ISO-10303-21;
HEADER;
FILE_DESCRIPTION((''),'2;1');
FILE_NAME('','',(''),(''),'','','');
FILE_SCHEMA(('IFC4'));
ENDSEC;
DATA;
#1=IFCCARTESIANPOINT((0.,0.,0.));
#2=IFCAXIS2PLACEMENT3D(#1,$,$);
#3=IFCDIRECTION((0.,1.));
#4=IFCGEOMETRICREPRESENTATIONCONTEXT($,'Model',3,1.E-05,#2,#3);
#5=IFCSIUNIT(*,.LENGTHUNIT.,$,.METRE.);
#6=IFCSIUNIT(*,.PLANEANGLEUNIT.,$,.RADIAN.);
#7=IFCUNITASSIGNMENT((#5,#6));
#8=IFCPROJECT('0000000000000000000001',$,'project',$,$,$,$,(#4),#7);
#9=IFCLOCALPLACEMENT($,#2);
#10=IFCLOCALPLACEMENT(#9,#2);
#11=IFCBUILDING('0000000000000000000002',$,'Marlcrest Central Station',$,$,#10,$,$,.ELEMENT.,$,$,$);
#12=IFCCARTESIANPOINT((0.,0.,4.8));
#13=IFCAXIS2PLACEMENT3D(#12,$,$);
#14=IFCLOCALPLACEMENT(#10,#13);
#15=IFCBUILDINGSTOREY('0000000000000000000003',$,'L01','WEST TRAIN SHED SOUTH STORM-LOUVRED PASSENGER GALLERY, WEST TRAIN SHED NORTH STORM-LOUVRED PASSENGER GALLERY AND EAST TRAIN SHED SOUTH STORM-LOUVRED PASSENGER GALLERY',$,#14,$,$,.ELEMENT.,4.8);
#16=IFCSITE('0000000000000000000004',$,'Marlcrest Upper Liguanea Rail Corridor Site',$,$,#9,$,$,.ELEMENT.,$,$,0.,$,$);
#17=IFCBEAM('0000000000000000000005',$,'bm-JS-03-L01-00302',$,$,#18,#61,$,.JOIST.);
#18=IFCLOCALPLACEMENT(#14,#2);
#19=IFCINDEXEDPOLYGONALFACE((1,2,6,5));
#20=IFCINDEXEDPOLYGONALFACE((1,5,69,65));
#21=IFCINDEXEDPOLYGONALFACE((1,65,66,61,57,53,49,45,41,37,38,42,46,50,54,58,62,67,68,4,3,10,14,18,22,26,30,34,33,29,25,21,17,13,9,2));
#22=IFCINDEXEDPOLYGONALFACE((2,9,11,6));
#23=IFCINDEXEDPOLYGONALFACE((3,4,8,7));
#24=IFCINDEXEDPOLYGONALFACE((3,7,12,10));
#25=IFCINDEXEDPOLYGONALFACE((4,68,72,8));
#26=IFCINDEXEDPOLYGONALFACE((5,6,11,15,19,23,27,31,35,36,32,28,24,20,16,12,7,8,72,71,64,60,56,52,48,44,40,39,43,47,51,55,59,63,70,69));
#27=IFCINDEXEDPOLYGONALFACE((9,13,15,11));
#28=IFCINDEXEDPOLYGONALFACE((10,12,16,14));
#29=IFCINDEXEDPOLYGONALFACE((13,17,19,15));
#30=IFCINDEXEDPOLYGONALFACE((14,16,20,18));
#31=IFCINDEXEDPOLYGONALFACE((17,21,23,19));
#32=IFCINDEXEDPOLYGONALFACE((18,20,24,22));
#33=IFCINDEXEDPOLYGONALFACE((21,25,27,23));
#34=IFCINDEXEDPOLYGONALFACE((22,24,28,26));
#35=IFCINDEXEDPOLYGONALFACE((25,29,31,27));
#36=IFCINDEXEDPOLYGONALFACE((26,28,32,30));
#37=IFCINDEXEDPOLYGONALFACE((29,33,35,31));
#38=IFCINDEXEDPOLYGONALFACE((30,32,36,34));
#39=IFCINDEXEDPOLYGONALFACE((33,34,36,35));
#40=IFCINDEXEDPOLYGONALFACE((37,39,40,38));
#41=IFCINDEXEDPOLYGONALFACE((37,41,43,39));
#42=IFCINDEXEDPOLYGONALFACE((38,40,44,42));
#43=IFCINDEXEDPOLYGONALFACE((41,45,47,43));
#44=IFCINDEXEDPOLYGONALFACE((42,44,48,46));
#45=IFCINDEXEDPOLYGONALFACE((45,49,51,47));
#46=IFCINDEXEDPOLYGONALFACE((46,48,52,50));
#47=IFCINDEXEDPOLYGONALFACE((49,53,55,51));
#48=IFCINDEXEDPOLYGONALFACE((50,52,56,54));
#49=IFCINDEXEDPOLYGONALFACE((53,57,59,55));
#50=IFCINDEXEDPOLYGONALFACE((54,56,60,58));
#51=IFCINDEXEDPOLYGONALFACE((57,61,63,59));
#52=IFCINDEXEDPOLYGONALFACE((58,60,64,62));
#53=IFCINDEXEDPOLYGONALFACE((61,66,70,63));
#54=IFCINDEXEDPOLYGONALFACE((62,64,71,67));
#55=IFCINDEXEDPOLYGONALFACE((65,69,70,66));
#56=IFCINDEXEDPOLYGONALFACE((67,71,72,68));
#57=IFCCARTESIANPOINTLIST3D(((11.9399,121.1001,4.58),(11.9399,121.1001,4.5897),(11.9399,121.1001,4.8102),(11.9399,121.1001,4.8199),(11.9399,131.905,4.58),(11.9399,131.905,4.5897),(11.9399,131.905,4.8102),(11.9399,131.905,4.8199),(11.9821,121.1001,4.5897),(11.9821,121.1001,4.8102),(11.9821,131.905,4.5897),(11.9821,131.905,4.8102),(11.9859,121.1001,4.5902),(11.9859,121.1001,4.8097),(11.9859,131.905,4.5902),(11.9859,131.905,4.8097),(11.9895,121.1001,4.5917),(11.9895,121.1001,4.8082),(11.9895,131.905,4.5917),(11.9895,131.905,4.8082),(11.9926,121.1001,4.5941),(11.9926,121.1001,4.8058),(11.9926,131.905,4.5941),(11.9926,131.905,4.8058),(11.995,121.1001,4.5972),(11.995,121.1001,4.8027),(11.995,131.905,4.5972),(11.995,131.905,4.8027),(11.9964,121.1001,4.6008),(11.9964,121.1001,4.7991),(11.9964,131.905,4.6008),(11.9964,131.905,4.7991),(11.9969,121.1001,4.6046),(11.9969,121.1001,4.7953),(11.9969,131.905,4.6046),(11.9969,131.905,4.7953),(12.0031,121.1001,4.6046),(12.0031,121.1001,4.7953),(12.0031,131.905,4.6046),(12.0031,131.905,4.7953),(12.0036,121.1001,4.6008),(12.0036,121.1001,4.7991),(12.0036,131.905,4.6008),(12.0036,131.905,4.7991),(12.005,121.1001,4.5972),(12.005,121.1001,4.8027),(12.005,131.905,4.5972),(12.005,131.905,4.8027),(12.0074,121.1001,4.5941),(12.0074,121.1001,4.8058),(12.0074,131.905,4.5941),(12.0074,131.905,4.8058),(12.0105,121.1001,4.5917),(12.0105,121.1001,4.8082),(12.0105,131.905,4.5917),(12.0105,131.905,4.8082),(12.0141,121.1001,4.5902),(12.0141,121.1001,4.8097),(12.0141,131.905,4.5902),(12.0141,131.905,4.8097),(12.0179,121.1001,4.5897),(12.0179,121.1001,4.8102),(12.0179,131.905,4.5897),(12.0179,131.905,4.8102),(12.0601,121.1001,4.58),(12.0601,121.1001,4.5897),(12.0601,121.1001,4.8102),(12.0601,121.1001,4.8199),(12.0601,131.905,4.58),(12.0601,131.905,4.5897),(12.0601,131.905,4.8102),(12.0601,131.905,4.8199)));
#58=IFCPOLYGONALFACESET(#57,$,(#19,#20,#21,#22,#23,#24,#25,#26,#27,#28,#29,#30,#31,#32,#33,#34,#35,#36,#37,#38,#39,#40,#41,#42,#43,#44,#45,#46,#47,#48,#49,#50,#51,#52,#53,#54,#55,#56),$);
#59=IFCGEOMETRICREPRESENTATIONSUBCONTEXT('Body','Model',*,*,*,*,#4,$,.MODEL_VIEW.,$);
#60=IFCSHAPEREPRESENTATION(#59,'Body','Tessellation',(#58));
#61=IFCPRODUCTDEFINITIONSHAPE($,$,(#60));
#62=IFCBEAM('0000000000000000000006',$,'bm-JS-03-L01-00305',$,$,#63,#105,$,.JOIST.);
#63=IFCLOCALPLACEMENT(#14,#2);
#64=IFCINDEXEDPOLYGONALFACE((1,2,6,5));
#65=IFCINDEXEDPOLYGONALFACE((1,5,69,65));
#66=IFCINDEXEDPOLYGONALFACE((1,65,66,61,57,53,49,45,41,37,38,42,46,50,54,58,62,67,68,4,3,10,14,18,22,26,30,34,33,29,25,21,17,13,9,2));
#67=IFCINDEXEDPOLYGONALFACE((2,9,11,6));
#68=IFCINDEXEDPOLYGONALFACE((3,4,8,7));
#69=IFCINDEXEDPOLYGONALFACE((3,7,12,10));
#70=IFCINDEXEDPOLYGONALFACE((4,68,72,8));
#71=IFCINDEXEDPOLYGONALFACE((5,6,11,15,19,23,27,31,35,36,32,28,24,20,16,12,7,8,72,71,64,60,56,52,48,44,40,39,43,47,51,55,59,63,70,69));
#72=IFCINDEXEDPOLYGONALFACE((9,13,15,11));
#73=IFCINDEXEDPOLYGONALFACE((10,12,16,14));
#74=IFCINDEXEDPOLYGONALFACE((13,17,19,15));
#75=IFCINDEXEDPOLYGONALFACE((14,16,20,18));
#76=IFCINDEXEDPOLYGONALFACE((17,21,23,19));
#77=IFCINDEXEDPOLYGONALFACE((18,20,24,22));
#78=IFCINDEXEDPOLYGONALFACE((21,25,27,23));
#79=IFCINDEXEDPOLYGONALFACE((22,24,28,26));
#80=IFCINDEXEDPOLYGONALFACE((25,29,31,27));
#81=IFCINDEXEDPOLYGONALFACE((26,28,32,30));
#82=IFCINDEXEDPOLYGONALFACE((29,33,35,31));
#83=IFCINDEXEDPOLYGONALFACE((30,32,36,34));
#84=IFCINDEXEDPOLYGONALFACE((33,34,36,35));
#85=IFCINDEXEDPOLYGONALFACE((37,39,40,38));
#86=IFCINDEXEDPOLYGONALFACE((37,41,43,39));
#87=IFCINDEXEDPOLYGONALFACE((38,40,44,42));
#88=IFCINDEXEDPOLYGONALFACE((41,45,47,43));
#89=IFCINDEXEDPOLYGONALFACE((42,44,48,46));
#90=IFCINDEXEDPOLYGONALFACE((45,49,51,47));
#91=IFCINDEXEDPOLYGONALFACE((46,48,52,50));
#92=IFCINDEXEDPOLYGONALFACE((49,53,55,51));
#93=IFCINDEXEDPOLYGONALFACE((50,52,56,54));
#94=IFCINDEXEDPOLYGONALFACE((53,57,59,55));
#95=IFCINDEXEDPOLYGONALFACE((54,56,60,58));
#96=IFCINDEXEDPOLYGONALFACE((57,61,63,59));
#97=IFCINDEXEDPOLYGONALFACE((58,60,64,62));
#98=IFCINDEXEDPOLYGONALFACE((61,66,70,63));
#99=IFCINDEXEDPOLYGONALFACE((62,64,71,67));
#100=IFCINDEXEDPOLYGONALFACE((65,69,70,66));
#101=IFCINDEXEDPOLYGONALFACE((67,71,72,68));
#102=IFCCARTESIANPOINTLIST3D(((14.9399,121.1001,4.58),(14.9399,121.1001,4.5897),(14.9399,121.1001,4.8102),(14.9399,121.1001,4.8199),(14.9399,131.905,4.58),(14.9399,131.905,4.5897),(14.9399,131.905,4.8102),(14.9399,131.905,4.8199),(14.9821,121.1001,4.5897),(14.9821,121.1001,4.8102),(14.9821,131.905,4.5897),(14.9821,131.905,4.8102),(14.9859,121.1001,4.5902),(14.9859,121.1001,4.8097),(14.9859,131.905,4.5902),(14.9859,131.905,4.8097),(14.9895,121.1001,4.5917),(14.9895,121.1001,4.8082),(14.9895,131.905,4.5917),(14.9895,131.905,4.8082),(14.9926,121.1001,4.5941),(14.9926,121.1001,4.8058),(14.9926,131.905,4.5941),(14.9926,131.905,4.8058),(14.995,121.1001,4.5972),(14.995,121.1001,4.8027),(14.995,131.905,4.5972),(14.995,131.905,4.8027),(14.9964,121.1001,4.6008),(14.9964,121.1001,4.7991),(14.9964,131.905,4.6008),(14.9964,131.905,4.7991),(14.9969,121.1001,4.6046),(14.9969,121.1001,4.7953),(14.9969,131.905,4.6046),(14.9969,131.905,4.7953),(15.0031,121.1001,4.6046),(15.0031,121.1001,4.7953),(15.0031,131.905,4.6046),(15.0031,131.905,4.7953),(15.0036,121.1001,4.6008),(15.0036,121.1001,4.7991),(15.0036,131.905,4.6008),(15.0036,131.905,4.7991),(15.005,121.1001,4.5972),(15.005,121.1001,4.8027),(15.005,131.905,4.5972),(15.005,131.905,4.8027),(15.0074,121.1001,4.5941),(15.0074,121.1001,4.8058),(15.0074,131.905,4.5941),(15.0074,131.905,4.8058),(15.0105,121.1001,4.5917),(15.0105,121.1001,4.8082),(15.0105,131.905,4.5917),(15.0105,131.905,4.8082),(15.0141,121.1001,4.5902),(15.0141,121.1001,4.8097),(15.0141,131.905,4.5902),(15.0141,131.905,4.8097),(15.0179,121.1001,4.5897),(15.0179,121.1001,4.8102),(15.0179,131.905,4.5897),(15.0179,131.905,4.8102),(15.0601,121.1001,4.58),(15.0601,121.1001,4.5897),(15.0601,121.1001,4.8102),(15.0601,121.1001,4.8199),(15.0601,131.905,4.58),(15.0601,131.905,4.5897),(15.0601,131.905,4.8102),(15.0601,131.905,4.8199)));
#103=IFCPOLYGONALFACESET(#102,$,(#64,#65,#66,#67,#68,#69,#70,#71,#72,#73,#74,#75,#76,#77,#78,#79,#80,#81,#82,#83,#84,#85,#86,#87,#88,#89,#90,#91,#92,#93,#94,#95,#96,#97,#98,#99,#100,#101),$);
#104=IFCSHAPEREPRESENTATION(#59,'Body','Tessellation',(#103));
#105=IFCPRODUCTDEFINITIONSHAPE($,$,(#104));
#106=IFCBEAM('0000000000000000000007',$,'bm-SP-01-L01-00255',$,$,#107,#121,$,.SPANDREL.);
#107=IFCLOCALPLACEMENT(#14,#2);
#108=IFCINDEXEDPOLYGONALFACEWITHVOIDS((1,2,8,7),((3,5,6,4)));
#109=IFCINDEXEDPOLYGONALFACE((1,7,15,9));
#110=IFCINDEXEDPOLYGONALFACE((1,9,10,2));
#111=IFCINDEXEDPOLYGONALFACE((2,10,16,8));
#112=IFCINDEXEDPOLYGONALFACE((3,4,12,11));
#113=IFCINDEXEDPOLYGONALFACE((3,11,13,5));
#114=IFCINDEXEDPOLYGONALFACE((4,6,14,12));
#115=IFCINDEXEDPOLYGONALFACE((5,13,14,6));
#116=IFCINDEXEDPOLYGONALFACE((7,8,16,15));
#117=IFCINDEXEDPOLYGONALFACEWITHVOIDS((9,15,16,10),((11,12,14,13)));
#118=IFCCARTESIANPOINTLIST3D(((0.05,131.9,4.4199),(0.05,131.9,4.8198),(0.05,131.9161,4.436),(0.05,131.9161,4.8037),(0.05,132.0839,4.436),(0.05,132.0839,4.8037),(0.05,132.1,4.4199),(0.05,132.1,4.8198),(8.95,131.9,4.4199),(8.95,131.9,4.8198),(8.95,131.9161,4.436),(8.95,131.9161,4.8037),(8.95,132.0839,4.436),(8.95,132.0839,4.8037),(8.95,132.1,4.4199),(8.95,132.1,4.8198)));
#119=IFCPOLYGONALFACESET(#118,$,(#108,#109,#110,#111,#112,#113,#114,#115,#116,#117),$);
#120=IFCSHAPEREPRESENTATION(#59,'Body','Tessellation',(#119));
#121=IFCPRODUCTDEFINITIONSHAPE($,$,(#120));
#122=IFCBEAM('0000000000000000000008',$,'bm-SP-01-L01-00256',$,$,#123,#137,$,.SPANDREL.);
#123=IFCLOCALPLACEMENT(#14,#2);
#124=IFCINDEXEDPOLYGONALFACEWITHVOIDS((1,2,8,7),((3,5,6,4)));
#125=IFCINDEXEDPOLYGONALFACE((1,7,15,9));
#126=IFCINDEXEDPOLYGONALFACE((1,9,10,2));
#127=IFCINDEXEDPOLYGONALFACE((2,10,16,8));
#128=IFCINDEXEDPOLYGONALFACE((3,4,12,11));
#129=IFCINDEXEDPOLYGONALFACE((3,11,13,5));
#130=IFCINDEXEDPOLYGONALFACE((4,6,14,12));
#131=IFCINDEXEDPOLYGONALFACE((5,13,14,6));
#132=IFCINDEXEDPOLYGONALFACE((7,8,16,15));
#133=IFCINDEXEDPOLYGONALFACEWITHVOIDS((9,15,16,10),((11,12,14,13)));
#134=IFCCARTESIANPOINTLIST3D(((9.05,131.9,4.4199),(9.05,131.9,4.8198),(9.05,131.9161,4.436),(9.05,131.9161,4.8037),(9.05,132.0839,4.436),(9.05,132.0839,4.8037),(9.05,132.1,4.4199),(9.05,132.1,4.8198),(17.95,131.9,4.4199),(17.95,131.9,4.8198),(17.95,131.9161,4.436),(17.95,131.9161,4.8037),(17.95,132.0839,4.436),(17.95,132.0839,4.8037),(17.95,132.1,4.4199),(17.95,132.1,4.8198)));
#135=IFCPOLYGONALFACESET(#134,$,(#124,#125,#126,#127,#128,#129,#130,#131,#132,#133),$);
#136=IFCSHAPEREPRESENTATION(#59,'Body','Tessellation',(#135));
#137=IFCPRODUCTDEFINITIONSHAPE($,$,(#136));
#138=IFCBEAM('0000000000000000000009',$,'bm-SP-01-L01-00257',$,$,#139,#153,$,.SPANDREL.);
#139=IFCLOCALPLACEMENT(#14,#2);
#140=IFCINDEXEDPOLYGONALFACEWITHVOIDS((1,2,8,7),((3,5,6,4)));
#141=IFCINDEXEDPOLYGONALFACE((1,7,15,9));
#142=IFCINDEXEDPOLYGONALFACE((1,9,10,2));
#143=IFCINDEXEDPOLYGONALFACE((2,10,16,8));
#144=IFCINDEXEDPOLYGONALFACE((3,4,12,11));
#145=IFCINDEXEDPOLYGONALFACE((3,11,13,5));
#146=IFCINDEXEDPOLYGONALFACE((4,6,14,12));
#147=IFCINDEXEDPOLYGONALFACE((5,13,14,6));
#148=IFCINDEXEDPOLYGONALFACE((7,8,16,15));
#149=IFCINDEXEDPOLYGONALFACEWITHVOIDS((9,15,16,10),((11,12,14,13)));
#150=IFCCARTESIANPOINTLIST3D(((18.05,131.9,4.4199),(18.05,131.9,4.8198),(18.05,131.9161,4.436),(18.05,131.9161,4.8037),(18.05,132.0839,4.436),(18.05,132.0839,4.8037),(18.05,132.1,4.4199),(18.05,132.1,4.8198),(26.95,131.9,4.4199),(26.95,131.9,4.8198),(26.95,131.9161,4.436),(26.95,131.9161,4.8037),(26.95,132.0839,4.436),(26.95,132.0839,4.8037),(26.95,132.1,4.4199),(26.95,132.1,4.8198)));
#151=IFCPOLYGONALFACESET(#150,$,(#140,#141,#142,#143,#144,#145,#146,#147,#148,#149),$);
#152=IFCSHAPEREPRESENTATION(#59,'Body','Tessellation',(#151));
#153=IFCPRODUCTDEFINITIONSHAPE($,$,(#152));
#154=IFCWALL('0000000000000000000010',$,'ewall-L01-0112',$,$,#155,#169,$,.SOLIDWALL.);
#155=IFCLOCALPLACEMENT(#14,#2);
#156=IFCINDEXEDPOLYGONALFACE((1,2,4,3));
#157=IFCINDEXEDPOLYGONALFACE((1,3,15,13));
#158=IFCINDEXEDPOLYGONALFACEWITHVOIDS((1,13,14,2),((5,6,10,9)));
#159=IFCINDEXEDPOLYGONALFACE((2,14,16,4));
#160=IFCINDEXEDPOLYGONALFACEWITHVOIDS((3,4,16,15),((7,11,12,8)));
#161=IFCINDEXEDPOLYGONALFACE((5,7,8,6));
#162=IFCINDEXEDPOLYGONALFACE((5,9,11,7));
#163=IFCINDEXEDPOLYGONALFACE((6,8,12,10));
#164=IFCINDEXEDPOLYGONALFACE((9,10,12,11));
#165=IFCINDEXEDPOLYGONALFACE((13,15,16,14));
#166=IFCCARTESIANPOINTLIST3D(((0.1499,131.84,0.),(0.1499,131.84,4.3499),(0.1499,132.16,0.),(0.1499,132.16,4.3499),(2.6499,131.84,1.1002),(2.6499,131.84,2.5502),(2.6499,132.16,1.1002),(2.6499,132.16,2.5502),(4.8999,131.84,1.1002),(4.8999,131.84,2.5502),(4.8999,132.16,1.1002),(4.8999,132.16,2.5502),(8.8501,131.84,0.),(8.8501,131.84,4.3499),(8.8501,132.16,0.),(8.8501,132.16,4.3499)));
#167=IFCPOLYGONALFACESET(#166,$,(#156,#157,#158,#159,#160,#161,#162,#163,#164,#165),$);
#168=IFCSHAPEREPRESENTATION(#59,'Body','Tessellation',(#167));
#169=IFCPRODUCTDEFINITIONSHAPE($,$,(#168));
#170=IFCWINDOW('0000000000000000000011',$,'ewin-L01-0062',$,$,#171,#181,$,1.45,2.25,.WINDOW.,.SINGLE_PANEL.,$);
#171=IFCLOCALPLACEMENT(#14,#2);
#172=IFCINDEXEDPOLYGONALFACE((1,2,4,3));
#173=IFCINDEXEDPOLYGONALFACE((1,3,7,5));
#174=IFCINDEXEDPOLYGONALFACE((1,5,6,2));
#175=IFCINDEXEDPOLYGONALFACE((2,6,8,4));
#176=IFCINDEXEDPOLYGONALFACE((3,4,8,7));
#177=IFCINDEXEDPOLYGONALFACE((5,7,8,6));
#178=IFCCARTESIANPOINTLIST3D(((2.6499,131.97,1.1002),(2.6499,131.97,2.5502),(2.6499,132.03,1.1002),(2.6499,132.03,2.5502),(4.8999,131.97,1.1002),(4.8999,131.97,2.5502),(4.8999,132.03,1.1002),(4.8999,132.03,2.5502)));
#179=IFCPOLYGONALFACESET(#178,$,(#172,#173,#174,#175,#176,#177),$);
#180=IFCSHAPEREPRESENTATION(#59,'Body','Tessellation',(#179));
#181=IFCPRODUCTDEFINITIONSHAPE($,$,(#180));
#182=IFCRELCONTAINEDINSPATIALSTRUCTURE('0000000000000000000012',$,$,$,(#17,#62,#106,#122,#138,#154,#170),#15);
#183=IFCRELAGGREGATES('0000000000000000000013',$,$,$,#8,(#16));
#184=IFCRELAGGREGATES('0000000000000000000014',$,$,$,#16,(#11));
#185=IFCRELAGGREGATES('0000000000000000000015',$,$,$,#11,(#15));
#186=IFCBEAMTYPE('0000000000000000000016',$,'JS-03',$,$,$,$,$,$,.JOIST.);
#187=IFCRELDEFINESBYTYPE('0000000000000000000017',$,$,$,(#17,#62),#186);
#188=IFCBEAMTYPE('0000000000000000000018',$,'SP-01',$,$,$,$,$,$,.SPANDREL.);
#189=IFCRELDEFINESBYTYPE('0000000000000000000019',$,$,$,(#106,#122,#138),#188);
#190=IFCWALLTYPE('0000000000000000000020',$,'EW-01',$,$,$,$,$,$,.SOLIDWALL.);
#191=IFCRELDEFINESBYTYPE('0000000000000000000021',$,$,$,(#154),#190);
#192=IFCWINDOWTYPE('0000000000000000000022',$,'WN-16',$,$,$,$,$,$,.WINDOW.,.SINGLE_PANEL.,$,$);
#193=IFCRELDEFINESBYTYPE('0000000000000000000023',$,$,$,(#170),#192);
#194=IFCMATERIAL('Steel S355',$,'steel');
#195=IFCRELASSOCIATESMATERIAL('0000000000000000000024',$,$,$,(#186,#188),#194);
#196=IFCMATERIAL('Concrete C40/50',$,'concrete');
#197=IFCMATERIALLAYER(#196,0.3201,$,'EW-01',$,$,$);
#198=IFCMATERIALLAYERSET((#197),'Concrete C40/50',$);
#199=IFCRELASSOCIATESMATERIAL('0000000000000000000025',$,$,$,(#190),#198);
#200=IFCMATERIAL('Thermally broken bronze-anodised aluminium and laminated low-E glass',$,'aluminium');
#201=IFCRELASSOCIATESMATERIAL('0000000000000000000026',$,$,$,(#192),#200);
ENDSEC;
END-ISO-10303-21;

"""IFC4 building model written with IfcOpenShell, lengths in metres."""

from ifc_helpers import new_model, si_unit, direction, frame, frame_2d, origin, origin_2d, place, context, subcontext, project, spatial, rectangle, hollow_rectangle, i_section, extrude, material, layer, layer_set, material_profile, profile_set, type_object, element, fill, save


model = new_model("IFC4")

# Units and contexts
model_context = context("Model", 3, precision=1e-05, world=origin(), true_north=direction((0.0, 1.0)))
body_context = subcontext(model_context, "Body", "Model", "MODEL_VIEW")
ifc_project = project(units=[si_unit("LENGTHUNIT", "METRE"), si_unit("PLANEANGLEUNIT", "RADIAN")], contexts=[model_context])

# Site, building, storey
site_placement = place(None, origin())
site = spatial("IfcSite", under=ifc_project, at=site_placement, Name="Marlcrest Upper Liguanea Rail Corridor Site", CompositionType="ELEMENT", RefElevation=0.0)
building_placement = place(site_placement, origin())
building = spatial("IfcBuilding", under=site, at=building_placement, Name="Marlcrest Central Station", CompositionType="ELEMENT")
storey_placement = place(building_placement, frame((0.0, 0.0, 4.8)))
storey = spatial("IfcBuildingStorey", under=building, at=storey_placement, Name="L01", Description="WEST TRAIN SHED SOUTH STORM-LOUVRED PASSENGER GALLERY, WEST TRAIN SHED NORTH STORM-LOUVRED PASSENGER GALLERY AND EAST TRAIN SHED SOUTH STORM-LOUVRED PASSENGER GALLERY", CompositionType="ELEMENT", Elevation=4.8)

# Shared definitions
ifc_material_1 = material(Name="Steel S355", Category="steel")

# Beams
ifc_material_profile_1 = material_profile(ifc_material_1, i_section(OverallWidth=0.1201, OverallDepth=0.24, WebThickness=0.0061, FlangeThickness=0.0098, FilletRadius=0.0149, at=origin_2d()), Name="IPE 240")
ifc_profile_set_1 = profile_set([ifc_material_profile_1], Name="Steel S355")
beam_type_1 = type_object("IfcBeamType", Name="JS-03", PredefinedType="JOIST", material=ifc_profile_set_1)
for number, where, z_axis, x_axis, name in (
    (1, (12.0, 121.1001, 4.7), (0.0, 1.0, 0.0), (-1.0, 0.0, 0.0), "bm-JS-03-L01-00302"),
    (2, (15.0, 121.1001, 4.7), (0.0, 1.0, 0.0), (-1.0, 0.0, 0.0), "bm-JS-03-L01-00305"),
):
    element("IfcBeam", number, at=place(storey_placement, frame(where, z_axis=z_axis, x_axis=x_axis)), inside=storey, type_object=beam_type_1, Name=name, PredefinedType="JOIST", context=body_context, shape_type="SweptSolid", body=[
        extrude(i_section(OverallWidth=0.1201, OverallDepth=0.24, WebThickness=0.0061, FlangeThickness=0.0098, FilletRadius=0.0149, at=origin_2d()), origin(), (0.0, 0.0, 1.0), 10.8049),
    ])
ifc_material_profile_2 = material_profile(ifc_material_1, hollow_rectangle(XDim=0.2, YDim=0.3999, WallThickness=0.0161, at=origin_2d()), Name="RHS 400x200x16")
ifc_profile_set_2 = profile_set([ifc_material_profile_2], Name="Steel S355")
beam_type_2 = type_object("IfcBeamType", Name="SP-01", PredefinedType="SPANDREL", material=ifc_profile_set_2)
for number, where, z_axis, x_axis, name in (
    (3, (0.05, 132.0, 4.6199), (1.0, 0.0, 0.0), (0.0, 1.0, 0.0), "bm-SP-01-L01-00255"),
    (4, (9.05, 132.0, 4.6199), (1.0, 0.0, 0.0), (0.0, 1.0, 0.0), "bm-SP-01-L01-00256"),
    (5, (18.05, 132.0, 4.6199), (1.0, 0.0, 0.0), (0.0, 1.0, 0.0), "bm-SP-01-L01-00257"),
):
    element("IfcBeam", number, at=place(storey_placement, frame(where, z_axis=z_axis, x_axis=x_axis)), inside=storey, type_object=beam_type_2, Name=name, PredefinedType="SPANDREL", context=body_context, shape_type="SweptSolid", body=[
        extrude(hollow_rectangle(XDim=0.2, YDim=0.3999, WallThickness=0.0161, at=origin_2d()), origin(), (0.0, 0.0, 1.0), 8.8999),
    ])

# Wall, opening, window
ifc_material_2 = material(Name="Concrete C40/50", Category="concrete")
ifc_layer_1 = layer(ifc_material_2, 0.3201, Name="EW-01")
ifc_layer_set_1 = layer_set([ifc_layer_1], Name="Concrete C40/50")
wall_type_1 = type_object("IfcWallType", Name="EW-01", PredefinedType="SOLIDWALL", material=ifc_layer_set_1)
wall_1_placement = place(storey_placement, frame((0.1499, 132.0, 0.0), z_axis=(0.0, 0.0, 1.0), x_axis=(1.0, 0.0, 0.0)))
wall_1 = element("IfcWall", 6, at=wall_1_placement, inside=storey, type_object=wall_type_1, Name="ewall-L01-0112", PredefinedType="SOLIDWALL", context=body_context, shape_type="SweptSolid", body=[
    extrude(rectangle(XDim=8.7002, YDim=0.3201, at=frame_2d((4.3501, 0.0))), origin(), (0.0, 0.0, 1.0), 4.3499),
])
opening_1_placement = place(wall_1_placement, frame((2.5, 0.0, 1.1001)))
opening_1 = element("IfcOpeningElement", 7, at=opening_1_placement, cuts=wall_1, PredefinedType="OPENING", context=body_context, shape_type="SweptSolid", body=[
    extrude(rectangle(XDim=2.25, YDim=1.45, at=frame_2d((1.125, 0.7251))), frame((0.0, 0.1699, 0.0), z_axis=(0.0, -1.0, 0.0), x_axis=(1.0, 0.0, 0.0)), (0.0, 0.0, 1.0), 0.3401),
])
ifc_material_3 = material(Name="Thermally broken bronze-anodised aluminium and laminated low-E glass", Category="aluminium")
window_type_1 = type_object("IfcWindowType", Name="WN-16", PartitioningType="SINGLE_PANEL", PredefinedType="WINDOW", material=ifc_material_3)
window_1_placement = place(opening_1_placement, origin())
window_1 = element("IfcWindow", 8, at=window_1_placement, inside=storey, type_object=window_type_1, Name="ewin-L01-0062", OverallHeight=1.45, OverallWidth=2.25, PartitioningType="SINGLE_PANEL", PredefinedType="WINDOW", context=body_context, shape_type="SweptSolid", body=[
    extrude(rectangle(XDim=2.25, YDim=1.45, at=frame_2d((1.125, 0.7251))), frame((0.0, 0.03, 0.0), z_axis=(0.0, -1.0, 0.0), x_axis=(1.0, 0.0, 0.0)), (0.0, 0.0, 1.0), 0.0601),
])
fill(opening_1, window_1)

save(model, "model.ifc")
